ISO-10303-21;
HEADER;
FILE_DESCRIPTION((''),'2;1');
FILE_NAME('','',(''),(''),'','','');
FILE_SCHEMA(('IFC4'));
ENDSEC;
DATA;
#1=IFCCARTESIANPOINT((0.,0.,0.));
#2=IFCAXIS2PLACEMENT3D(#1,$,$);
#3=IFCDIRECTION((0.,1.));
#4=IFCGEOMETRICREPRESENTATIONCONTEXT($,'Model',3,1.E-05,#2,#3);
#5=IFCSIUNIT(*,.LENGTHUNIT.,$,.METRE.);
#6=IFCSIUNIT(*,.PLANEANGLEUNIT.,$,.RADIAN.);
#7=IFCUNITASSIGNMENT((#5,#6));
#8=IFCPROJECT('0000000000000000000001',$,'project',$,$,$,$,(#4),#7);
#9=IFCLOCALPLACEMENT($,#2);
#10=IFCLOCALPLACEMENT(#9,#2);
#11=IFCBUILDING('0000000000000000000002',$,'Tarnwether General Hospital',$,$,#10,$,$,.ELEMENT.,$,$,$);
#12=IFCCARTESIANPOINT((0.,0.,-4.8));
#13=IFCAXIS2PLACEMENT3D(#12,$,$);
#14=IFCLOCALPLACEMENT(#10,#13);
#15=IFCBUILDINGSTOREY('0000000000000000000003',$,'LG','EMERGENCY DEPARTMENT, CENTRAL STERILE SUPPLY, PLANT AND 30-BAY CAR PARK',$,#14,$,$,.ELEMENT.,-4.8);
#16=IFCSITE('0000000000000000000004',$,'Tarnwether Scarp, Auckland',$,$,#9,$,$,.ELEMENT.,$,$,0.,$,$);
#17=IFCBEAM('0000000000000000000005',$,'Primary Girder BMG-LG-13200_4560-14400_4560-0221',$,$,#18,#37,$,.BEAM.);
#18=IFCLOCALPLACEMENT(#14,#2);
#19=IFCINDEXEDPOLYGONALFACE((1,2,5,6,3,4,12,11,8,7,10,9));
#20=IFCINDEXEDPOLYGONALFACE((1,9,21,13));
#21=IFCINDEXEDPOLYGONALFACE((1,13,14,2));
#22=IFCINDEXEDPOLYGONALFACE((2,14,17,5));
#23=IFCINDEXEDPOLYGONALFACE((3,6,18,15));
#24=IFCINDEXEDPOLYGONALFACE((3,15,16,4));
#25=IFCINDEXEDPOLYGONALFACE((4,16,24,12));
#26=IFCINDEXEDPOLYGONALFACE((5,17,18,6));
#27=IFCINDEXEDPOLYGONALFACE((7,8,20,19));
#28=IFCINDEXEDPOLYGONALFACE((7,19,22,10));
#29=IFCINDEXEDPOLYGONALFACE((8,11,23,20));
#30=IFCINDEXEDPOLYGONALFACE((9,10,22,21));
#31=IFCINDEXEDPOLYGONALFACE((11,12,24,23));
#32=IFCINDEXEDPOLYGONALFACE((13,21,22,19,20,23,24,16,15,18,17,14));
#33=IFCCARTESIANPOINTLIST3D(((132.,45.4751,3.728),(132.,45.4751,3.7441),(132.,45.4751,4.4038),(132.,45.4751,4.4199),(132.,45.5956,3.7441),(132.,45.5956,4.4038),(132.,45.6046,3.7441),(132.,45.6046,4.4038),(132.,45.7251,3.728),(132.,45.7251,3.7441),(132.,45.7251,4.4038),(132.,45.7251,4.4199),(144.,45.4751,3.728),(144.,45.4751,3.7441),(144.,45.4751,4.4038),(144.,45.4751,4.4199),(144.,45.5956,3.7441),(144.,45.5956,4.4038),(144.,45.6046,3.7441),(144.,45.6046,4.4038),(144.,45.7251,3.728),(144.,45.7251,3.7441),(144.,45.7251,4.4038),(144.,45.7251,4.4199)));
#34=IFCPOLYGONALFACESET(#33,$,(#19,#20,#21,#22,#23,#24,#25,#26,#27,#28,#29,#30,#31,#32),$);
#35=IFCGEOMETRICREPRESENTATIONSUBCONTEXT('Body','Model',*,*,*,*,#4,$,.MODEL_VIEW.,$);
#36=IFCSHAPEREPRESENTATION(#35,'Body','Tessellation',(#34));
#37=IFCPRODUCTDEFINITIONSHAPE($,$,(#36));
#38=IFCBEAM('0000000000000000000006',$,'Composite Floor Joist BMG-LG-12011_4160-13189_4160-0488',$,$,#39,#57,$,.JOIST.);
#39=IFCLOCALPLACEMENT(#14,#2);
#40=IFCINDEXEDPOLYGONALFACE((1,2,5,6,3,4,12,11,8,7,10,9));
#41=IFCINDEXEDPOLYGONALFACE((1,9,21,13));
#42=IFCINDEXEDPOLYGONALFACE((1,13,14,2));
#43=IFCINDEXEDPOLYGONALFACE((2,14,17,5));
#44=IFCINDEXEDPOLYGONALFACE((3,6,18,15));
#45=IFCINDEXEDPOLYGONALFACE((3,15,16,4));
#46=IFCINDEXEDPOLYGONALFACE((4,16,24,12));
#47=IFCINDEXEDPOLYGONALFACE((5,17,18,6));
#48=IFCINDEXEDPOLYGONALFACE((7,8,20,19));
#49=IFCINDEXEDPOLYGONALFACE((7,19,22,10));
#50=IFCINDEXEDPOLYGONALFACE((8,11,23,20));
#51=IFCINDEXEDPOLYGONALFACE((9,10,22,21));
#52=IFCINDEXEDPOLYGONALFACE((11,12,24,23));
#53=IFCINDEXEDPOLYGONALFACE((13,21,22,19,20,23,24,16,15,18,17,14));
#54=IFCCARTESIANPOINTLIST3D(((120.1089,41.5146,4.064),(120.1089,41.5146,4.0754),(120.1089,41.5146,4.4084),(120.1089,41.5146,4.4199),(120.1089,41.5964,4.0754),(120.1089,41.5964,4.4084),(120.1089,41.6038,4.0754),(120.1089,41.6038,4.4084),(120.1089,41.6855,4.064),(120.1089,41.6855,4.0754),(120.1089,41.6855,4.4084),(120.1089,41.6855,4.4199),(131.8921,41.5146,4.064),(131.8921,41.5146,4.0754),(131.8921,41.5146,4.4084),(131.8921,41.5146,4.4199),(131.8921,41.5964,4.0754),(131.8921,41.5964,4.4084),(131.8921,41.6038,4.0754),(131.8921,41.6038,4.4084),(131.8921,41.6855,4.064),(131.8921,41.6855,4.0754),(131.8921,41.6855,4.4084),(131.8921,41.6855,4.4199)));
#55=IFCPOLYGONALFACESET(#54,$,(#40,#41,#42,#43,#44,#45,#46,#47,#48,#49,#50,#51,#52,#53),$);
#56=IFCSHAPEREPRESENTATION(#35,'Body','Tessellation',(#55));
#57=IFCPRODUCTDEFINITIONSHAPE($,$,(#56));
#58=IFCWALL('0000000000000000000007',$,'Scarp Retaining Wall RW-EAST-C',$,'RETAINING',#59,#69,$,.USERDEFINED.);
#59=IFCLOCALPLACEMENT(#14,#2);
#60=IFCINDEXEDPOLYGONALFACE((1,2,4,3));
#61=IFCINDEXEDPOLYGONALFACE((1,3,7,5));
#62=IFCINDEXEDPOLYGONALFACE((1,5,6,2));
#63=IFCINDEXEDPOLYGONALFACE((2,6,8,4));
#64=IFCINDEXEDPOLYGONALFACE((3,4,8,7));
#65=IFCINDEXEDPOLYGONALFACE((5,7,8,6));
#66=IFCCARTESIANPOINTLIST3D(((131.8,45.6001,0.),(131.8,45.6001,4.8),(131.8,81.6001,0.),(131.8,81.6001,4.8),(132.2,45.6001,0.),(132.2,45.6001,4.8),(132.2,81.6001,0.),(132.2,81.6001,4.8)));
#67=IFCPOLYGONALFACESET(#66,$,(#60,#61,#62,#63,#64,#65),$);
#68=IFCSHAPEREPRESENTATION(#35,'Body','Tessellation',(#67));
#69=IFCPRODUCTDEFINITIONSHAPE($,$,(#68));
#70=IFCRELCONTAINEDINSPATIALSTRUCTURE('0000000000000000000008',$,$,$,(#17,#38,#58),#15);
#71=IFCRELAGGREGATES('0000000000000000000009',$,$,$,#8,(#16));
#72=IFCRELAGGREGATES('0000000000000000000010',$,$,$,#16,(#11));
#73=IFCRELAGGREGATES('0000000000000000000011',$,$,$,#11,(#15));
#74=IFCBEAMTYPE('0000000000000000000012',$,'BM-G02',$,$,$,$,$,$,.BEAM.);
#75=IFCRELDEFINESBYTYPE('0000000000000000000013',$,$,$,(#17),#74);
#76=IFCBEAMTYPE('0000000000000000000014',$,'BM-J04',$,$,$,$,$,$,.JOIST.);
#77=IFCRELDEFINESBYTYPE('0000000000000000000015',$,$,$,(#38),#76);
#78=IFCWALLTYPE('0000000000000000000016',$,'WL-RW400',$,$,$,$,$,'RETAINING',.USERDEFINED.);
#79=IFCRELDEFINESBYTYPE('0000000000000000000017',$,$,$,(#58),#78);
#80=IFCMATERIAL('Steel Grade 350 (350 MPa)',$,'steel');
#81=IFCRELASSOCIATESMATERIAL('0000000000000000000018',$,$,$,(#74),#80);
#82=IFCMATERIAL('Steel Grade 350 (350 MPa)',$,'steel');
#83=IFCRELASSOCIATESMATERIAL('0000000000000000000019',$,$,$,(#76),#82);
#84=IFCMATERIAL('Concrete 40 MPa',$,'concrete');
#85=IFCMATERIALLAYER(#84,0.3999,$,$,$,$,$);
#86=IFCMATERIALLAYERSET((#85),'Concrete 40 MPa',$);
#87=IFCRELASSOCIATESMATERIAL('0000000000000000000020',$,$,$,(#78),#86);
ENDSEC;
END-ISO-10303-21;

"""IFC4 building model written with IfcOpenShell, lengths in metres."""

from ifc_helpers import new_model, si_unit, direction, frame, frame_2d, origin, origin_2d, place, context, subcontext, project, spatial, rectangle, i_section, extrude, material, layer, layer_set, material_profile, profile_set, type_object, element, save


model = new_model("IFC4")

# Units and contexts
model_context = context("Model", 3, precision=1e-05, world=origin(), true_north=direction((0.0, 1.0)))
body_context = subcontext(model_context, "Body", "Model", "MODEL_VIEW")
ifc_project = project(units=[si_unit("LENGTHUNIT", "METRE"), si_unit("PLANEANGLEUNIT", "RADIAN")], contexts=[model_context])

# Site, building, storey
site_placement = place(None, origin())
site = spatial("IfcSite", under=ifc_project, at=site_placement, Name="Tarnwether Scarp, Auckland", CompositionType="ELEMENT", RefElevation=0.0)
building_placement = place(site_placement, origin())
building = spatial("IfcBuilding", under=site, at=building_placement, Name="Tarnwether General Hospital", CompositionType="ELEMENT")
storey_placement = place(building_placement, frame((0.0, 0.0, -4.8)))
storey = spatial("IfcBuildingStorey", under=building, at=storey_placement, Name="LG", Description="EMERGENCY DEPARTMENT, CENTRAL STERILE SUPPLY, PLANT AND 30-BAY CAR PARK", CompositionType="ELEMENT", Elevation=-4.8)

# Beams
ifc_material_1 = material(Name="Steel Grade 350 (350 MPa)", Category="steel")
ifc_material_profile_1 = material_profile(ifc_material_1, i_section(OverallWidth=0.25, OverallDepth=0.6919, WebThickness=0.009, FlangeThickness=0.0161, at=origin_2d()), Name="700WB115")
ifc_profile_set_1 = profile_set([ifc_material_profile_1], Name="Steel Grade 350 (350 MPa)")
beam_type_1 = type_object("IfcBeamType", Name="BM-G02", PredefinedType="BEAM", material=ifc_profile_set_1)
beam_1_placement = place(storey_placement, frame((132.0, 45.6001, 4.074), z_axis=(1.0, 0.0, 0.0), x_axis=(0.0, 1.0, 0.0)))
element("IfcBeam", 1, at=beam_1_placement, inside=storey, type_object=beam_type_1, Name="Primary Girder BMG-LG-13200_4560-14400_4560-0221", PredefinedType="BEAM", context=body_context, shape_type="SweptSolid", body=[
    extrude(i_section(OverallWidth=0.25, OverallDepth=0.6919, WebThickness=0.009, FlangeThickness=0.0161, at=origin_2d()), origin(), (0.0, 0.0, 1.0), 12.0),
])
ifc_material_2 = material(Name="Steel Grade 350 (350 MPa)", Category="steel")
ifc_material_profile_2 = material_profile(ifc_material_2, i_section(OverallWidth=0.1709, OverallDepth=0.356, WebThickness=0.0073, FlangeThickness=0.0115, at=origin_2d()), Name="360UB50.7")
ifc_profile_set_2 = profile_set([ifc_material_profile_2], Name="Steel Grade 350 (350 MPa)")
beam_type_2 = type_object("IfcBeamType", Name="BM-J04", PredefinedType="JOIST", material=ifc_profile_set_2)
beam_2_placement = place(storey_placement, frame((120.1089, 41.6001, 4.2419), z_axis=(1.0, 0.0, 0.0), x_axis=(0.0, 1.0, 0.0)))
element("IfcBeam", 2, at=beam_2_placement, inside=storey, type_object=beam_type_2, Name="Composite Floor Joist BMG-LG-12011_4160-13189_4160-0488", PredefinedType="JOIST", context=body_context, shape_type="SweptSolid", body=[
    extrude(i_section(OverallWidth=0.1709, OverallDepth=0.356, WebThickness=0.0073, FlangeThickness=0.0115, at=origin_2d()), origin(), (0.0, 0.0, 1.0), 11.7832),
])

# Wall
ifc_material_3 = material(Name="Concrete 40 MPa", Category="concrete")
ifc_layer = layer(ifc_material_3, 0.3999)
ifc_layer_set = layer_set([ifc_layer], Name="Concrete 40 MPa")
wall_type = type_object("IfcWallType", Name="WL-RW400", ElementType="RETAINING", PredefinedType="USERDEFINED", material=ifc_layer_set)
wall_placement = place(storey_placement, frame((132.0, 45.6001, 0.0), z_axis=(0.0, 0.0, 1.0), x_axis=(0.0, 1.0, 0.0)))
element("IfcWall", 3, at=wall_placement, inside=storey, type_object=wall_type, Name="Scarp Retaining Wall RW-EAST-C", ObjectType="RETAINING", PredefinedType="USERDEFINED", context=body_context, shape_type="SweptSolid", body=[
    extrude(rectangle(XDim=36.0, YDim=0.3999, at=frame_2d((18.0, 0.0))), origin(), (0.0, 0.0, 1.0), 4.8),
])

save(model, "model.ifc")
